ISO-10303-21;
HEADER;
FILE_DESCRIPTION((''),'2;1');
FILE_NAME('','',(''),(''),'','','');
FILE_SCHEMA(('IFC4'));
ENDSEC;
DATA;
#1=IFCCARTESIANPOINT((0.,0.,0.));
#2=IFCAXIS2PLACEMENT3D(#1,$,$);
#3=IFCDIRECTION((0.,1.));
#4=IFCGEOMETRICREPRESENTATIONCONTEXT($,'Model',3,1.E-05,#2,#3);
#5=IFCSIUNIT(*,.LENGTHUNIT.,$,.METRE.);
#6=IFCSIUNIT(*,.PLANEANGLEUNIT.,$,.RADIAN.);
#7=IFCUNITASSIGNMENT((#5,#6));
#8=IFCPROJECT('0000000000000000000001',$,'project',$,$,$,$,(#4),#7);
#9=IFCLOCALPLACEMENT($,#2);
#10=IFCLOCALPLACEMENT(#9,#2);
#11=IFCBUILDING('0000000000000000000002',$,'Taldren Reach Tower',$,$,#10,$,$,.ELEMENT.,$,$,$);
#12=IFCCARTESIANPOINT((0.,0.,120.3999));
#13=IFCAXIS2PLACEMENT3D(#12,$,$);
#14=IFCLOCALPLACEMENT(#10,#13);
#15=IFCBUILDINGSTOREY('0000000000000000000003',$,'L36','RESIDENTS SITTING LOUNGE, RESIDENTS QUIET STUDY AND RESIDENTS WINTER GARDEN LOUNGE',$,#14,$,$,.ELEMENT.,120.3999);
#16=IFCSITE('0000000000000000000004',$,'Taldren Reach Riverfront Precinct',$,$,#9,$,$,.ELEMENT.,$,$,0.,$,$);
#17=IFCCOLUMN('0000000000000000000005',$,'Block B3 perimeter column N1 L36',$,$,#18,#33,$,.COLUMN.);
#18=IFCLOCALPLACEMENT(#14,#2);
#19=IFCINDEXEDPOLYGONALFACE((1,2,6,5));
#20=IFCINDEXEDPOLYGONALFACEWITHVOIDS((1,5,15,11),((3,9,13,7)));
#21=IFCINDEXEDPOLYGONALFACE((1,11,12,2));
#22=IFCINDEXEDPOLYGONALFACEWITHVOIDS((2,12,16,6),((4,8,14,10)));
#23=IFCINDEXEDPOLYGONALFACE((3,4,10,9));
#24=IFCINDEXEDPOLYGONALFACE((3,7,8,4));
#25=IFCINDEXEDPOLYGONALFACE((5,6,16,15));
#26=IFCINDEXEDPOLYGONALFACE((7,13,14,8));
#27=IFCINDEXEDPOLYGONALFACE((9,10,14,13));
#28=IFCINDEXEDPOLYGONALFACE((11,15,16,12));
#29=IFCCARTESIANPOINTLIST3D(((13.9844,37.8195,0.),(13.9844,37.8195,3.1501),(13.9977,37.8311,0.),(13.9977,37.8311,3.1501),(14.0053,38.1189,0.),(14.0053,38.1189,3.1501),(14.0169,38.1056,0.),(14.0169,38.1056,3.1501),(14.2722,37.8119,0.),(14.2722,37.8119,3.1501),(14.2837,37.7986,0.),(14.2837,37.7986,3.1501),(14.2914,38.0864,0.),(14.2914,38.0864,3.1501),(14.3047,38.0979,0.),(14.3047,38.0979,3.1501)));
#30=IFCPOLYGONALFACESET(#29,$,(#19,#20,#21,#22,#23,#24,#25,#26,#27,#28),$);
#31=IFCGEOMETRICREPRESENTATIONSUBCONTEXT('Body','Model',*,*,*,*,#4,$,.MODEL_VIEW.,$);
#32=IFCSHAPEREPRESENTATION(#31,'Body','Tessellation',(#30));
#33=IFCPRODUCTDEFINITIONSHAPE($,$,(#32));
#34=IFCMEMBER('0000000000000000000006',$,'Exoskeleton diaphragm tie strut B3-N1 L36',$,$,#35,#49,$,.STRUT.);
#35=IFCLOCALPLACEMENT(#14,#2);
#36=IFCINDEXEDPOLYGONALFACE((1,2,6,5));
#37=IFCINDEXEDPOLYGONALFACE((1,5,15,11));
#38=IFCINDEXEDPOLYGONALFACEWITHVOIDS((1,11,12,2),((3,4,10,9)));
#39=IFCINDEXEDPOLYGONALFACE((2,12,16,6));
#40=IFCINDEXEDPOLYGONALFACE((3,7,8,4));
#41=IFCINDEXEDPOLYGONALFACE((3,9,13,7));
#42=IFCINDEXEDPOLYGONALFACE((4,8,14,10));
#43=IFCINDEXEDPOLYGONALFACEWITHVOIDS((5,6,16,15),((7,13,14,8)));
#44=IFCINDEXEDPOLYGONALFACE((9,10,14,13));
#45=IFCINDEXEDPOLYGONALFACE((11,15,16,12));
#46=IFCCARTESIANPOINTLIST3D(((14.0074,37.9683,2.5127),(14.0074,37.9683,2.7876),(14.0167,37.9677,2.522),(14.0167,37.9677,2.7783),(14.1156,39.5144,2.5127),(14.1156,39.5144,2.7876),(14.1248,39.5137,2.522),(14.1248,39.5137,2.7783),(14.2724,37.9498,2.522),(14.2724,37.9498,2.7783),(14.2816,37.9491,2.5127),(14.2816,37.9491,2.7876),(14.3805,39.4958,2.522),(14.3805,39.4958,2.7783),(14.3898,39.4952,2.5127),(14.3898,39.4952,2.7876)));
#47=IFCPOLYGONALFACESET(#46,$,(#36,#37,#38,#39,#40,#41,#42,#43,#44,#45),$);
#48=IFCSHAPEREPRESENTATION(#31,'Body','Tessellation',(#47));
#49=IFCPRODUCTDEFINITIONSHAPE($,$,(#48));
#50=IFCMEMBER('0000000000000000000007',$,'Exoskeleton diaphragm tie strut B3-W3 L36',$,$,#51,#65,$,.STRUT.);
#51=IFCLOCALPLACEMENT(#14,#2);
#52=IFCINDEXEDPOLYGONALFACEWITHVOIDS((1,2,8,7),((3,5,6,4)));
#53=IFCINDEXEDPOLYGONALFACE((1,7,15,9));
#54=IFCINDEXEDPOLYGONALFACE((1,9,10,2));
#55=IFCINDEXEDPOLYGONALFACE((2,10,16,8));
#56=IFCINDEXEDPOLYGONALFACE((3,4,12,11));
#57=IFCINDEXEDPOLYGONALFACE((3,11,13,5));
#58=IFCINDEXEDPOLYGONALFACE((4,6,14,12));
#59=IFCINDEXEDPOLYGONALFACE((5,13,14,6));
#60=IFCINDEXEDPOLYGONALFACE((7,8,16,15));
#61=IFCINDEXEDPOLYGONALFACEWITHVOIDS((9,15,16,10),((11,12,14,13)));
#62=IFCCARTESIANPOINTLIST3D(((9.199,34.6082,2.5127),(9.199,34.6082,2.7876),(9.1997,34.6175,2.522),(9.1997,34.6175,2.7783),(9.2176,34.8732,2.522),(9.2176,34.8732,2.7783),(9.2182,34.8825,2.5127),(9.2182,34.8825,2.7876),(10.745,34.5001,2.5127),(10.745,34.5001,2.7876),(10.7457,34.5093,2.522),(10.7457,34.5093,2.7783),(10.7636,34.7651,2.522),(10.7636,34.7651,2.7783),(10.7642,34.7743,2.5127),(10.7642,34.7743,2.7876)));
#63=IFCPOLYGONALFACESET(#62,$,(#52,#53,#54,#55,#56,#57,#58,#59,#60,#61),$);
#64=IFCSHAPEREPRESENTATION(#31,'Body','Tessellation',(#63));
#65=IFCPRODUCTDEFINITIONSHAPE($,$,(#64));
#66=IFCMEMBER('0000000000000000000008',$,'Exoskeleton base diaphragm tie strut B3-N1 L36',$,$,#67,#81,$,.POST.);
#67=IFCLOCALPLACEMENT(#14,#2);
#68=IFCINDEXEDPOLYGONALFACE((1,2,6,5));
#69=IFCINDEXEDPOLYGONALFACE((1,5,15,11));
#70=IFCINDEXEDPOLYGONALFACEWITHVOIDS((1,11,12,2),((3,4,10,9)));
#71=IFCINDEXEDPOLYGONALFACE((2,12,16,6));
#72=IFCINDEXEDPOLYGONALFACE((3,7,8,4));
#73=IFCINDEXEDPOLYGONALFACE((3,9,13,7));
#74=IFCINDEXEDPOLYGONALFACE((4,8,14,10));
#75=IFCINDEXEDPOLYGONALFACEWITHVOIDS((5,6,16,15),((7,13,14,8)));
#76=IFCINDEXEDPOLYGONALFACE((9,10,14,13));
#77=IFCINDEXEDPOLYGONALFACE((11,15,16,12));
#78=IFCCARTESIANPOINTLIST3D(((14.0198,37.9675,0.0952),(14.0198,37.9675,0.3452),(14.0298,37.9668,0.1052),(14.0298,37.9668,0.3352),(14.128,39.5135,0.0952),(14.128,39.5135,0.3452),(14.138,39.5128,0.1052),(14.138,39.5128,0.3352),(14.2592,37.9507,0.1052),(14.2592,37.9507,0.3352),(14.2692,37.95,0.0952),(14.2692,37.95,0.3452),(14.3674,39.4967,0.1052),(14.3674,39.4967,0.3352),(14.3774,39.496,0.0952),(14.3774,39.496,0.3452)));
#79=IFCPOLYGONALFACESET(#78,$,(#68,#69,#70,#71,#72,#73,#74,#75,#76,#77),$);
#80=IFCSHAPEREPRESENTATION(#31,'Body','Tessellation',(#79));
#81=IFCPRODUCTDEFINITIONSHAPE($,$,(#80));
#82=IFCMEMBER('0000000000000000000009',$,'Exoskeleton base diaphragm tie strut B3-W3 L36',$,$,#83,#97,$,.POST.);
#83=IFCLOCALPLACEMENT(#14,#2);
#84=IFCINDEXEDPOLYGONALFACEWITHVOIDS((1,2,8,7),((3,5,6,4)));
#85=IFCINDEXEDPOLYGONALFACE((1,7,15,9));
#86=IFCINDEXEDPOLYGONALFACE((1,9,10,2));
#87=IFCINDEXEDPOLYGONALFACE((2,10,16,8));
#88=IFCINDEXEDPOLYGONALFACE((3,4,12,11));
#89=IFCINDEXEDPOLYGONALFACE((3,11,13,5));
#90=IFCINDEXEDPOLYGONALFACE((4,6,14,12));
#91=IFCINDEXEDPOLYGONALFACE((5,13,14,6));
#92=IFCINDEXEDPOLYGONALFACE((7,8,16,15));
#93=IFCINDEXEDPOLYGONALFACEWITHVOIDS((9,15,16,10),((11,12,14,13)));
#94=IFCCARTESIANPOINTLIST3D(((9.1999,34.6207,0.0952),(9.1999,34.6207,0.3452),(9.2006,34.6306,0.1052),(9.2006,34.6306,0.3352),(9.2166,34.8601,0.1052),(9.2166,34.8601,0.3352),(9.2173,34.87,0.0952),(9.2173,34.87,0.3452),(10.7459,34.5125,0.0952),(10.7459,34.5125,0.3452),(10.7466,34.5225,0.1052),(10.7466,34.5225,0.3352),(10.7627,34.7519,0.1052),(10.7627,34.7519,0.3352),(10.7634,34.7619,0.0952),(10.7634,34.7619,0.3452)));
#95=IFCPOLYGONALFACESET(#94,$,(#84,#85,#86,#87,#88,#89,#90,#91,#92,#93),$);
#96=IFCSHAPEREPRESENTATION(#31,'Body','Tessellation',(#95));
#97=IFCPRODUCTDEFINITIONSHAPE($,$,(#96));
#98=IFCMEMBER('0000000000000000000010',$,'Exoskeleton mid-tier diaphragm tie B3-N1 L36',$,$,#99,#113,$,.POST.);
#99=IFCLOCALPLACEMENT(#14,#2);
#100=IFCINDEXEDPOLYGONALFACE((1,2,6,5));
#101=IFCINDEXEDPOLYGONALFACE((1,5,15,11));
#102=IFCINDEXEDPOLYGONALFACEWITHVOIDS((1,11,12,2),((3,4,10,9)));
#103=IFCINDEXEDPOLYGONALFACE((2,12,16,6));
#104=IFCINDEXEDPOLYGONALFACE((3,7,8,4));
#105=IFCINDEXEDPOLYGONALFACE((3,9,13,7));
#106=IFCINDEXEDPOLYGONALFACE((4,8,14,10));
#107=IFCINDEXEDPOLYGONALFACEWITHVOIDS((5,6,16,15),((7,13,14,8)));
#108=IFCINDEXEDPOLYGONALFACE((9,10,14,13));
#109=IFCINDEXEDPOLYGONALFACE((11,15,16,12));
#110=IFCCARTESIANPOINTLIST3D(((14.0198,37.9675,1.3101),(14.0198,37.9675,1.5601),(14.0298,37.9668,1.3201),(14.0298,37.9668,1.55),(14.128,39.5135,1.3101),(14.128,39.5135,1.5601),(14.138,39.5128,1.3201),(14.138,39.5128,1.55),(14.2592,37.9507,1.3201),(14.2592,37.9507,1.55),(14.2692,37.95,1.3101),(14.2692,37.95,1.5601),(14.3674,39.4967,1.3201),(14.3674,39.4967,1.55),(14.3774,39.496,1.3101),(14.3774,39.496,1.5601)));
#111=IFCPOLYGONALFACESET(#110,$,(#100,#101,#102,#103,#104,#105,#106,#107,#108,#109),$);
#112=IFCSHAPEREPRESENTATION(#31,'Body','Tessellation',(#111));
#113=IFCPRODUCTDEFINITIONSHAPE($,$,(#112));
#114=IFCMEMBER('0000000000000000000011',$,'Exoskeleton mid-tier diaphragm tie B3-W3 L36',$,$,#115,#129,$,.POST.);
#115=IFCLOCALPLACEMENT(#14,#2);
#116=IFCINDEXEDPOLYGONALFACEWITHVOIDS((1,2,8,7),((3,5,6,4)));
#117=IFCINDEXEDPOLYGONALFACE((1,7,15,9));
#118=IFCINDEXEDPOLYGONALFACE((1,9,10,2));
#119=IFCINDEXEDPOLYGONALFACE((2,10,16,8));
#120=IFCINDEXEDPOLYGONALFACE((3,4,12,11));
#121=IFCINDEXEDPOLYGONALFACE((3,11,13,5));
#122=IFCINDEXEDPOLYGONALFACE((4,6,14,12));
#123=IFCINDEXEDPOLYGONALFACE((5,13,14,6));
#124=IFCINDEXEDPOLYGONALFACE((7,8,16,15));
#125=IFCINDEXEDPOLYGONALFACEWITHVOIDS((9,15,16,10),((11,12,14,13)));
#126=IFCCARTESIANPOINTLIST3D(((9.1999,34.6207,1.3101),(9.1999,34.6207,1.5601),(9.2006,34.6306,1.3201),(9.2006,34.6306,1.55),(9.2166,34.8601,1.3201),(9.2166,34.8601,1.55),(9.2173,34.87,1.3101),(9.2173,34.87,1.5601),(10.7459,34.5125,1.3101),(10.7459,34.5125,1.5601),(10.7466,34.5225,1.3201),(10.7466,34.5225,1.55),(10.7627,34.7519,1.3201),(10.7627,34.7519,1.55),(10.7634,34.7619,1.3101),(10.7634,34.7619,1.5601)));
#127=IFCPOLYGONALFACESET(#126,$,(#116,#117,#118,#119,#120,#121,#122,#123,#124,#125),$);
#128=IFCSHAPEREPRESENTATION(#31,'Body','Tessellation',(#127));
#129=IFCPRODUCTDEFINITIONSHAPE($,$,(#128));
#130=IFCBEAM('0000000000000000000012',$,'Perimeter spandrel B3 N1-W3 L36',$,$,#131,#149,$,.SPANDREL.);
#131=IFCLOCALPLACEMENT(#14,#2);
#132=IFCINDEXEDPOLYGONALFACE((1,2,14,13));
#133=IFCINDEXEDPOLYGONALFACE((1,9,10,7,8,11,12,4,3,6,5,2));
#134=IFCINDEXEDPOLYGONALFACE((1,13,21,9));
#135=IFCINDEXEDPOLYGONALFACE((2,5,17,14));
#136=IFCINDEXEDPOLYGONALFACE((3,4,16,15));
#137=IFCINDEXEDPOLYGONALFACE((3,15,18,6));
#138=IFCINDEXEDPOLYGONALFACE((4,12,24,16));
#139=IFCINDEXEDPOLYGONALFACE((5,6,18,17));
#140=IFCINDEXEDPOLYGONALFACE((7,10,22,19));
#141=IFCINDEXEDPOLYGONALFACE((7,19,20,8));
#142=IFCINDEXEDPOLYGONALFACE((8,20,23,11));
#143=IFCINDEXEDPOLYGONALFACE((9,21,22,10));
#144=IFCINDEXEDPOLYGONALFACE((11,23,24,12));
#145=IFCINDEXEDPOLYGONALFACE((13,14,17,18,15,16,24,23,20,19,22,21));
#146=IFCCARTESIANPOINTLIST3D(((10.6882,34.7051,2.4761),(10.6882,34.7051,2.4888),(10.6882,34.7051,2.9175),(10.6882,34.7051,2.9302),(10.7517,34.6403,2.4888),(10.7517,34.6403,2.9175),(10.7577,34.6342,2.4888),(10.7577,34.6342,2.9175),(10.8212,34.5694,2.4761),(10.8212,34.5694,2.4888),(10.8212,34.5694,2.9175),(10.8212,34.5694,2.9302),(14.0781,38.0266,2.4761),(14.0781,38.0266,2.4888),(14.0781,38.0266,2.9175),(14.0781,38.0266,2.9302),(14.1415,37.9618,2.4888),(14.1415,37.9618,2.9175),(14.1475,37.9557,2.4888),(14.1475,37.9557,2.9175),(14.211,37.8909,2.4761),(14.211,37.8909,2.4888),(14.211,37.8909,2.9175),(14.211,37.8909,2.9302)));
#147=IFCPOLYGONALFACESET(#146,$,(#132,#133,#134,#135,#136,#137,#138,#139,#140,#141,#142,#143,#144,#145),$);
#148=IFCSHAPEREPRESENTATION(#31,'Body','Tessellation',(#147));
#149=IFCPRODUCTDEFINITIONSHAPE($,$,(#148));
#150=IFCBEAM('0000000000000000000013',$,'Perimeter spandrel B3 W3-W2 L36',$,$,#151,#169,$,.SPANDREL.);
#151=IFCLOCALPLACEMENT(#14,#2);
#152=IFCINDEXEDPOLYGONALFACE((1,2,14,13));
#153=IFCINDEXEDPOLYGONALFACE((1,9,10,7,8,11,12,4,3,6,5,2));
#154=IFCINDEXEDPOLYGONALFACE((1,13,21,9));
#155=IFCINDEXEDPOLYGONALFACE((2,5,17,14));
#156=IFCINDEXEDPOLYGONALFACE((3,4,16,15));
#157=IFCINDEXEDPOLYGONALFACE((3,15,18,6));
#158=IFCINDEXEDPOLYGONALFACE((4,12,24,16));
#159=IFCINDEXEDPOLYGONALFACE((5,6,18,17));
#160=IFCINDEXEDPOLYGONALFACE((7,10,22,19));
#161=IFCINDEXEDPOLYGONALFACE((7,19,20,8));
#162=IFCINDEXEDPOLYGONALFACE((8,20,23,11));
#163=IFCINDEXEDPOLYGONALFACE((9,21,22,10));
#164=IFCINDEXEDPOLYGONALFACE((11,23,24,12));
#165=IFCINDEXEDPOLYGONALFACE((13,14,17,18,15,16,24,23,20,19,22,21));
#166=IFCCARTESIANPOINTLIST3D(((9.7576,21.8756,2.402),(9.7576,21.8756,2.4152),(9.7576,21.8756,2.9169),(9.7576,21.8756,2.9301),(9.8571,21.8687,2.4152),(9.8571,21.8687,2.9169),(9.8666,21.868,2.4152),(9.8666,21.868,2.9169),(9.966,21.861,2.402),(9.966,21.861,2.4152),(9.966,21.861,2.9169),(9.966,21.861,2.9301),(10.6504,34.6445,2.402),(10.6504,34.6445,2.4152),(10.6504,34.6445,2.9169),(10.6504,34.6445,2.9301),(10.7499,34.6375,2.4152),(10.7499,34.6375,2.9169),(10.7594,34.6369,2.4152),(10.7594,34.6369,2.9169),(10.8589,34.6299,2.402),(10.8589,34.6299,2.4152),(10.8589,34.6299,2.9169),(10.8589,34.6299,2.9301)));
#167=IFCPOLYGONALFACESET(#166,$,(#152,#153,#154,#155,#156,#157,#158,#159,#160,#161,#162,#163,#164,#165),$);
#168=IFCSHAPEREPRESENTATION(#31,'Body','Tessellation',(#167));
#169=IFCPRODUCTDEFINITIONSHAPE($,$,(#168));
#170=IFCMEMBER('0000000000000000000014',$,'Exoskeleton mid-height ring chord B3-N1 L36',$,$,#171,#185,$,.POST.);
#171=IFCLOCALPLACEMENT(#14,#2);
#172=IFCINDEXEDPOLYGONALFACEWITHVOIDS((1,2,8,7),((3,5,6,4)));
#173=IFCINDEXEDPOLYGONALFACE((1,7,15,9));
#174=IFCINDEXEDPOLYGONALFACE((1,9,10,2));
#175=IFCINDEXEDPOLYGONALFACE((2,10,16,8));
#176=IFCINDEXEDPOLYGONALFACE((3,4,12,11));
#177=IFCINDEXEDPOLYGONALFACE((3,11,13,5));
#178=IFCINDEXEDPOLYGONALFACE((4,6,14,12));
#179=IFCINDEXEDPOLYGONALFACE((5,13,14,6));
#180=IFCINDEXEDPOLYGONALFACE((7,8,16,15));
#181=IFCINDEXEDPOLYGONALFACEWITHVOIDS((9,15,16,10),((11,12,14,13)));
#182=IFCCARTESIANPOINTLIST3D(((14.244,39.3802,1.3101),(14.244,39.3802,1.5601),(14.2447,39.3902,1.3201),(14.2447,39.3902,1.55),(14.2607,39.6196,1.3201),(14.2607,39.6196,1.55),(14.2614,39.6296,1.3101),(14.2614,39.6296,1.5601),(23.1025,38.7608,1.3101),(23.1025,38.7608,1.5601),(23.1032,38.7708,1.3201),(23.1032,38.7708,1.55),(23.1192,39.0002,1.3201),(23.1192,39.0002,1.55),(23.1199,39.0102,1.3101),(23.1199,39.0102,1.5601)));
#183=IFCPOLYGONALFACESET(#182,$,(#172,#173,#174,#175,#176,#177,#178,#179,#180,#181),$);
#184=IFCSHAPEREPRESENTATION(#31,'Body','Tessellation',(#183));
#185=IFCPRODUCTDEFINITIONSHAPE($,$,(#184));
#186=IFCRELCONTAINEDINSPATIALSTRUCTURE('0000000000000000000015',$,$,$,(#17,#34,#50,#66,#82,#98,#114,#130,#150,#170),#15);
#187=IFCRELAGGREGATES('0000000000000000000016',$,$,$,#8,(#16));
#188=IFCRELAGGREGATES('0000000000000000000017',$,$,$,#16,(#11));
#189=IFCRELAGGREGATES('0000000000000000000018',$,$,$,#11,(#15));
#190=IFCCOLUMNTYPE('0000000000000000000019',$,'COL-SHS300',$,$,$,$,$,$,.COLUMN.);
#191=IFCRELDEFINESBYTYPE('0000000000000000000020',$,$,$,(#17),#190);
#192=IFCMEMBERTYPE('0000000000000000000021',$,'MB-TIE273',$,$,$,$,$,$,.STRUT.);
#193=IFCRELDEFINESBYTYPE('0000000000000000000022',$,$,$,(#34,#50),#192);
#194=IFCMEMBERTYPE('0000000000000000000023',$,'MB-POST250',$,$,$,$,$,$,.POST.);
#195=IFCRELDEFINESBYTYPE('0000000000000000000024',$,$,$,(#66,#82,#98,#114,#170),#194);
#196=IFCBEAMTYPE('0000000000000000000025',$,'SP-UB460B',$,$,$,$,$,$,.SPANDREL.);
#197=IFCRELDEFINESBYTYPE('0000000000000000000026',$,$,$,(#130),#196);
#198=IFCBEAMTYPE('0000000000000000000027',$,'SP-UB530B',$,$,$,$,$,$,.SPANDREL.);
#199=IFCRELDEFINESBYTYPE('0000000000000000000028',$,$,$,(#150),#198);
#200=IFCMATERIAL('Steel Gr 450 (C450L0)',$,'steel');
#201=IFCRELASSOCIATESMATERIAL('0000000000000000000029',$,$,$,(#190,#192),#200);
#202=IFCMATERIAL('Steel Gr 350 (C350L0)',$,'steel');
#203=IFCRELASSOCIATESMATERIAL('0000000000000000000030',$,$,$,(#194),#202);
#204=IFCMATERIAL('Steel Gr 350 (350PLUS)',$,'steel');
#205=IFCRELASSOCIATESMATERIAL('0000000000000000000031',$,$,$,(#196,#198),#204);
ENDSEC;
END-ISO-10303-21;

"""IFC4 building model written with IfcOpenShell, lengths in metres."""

from ifc_helpers import new_model, si_unit, direction, frame, origin, origin_2d, place, context, subcontext, project, spatial, hollow_rectangle, i_section, extrude, source, transform, mapped, material, material_profile, profile_set, type_object, element, save


model = new_model("IFC4")

# Units and contexts
model_context = context("Model", 3, precision=1e-05, world=origin(), true_north=direction((0.0, 1.0)))
body_context = subcontext(model_context, "Body", "Model", "MODEL_VIEW")
ifc_project = project(units=[si_unit("LENGTHUNIT", "METRE"), si_unit("PLANEANGLEUNIT", "RADIAN")], contexts=[model_context])

# Site, building, storey
site_placement = place(None, origin())
site = spatial("IfcSite", under=ifc_project, at=site_placement, Name="Taldren Reach Riverfront Precinct", CompositionType="ELEMENT", RefElevation=0.0)
building_placement = place(site_placement, origin())
building = spatial("IfcBuilding", under=site, at=building_placement, Name="Taldren Reach Tower", CompositionType="ELEMENT")
storey_placement = place(building_placement, frame((0.0, 0.0, 120.3999)))
storey = spatial("IfcBuildingStorey", under=building, at=storey_placement, Name="L36", Description="RESIDENTS SITTING LOUNGE, RESIDENTS QUIET STUDY AND RESIDENTS WINTER GARDEN LOUNGE", CompositionType="ELEMENT", Elevation=120.3999)

# Column
ifc_material_1 = material(Name="Steel Gr 450 (C450L0)", Category="steel")
ifc_material_profile_1 = material_profile(ifc_material_1, hollow_rectangle(XDim=0.3, YDim=0.3, WallThickness=0.0125, at=origin_2d()), Name="300x300x12.5SHS")
ifc_profile_set_1 = profile_set([ifc_material_profile_1], Name="Steel Gr 450 (C450L0)")
column_type = type_object("IfcColumnType", Name="COL-SHS300", PredefinedType="COLUMN", material=ifc_profile_set_1)
shared_shape_1 = source(origin(), body_context, "Body", "SweptSolid", [
    extrude(hollow_rectangle(XDim=0.3, YDim=0.3, WallThickness=0.0125, at=origin_2d()), origin(), (0.0, 0.0, 1.0), 3.1501),
])
column_placement = place(storey_placement, frame((14.1445, 37.9587, 0.0), z_axis=(0.0, 0.0, 1.0), x_axis=(0.997564, -0.069756, 0.0)))
element("IfcColumn", 1, at=column_placement, inside=storey, type_object=column_type, Name="Block B3 perimeter column N1 L36", PredefinedType="COLUMN", context=body_context, shape_type="MappedRepresentation", body=[
    mapped(shared_shape_1, transform((0.0, 0.0, 0.0), scale=1.0)),
])

# Members
ifc_material_profile_2 = material_profile(ifc_material_1, hollow_rectangle(XDim=0.2749, YDim=0.2749, WallThickness=0.0093, at=origin_2d()), Name="275x275x9.3SHS")
ifc_profile_set_2 = profile_set([ifc_material_profile_2], Name="Steel Gr 450 (C450L0)")
member_type_1 = type_object("IfcMemberType", Name="MB-TIE273", PredefinedType="STRUT", material=ifc_profile_set_2)
shared_shape_2 = source(origin(), body_context, "Body", "SweptSolid", [
    extrude(hollow_rectangle(XDim=0.2749, YDim=0.2749, WallThickness=0.0093, at=origin_2d()), origin(), (0.0, 0.0, 1.0), 1.5498),
])
for number, where, z_axis, x_axis, name in (
    (2, (14.1445, 37.9587, 2.6501), (0.069781, 0.997562, 0.0), (-0.997562, 0.069781, 0.0), "Exoskeleton diaphragm tie strut B3-N1 L36"),
    (3, (10.7546, 34.6372, 2.6501), (-0.997562, 0.069781, 0.0), (-0.069781, -0.997562, 0.0), "Exoskeleton diaphragm tie strut B3-W3 L36"),
):
    element("IfcMember", number, at=place(storey_placement, frame(where, z_axis=z_axis, x_axis=x_axis)), inside=storey, type_object=member_type_1, Name=name, PredefinedType="STRUT", context=body_context, shape_type="MappedRepresentation", body=[
        mapped(shared_shape_2, transform((0.0, 0.0, 0.0), scale=1.0)),
    ])
ifc_material_2 = material(Name="Steel Gr 350 (C350L0)", Category="steel")
ifc_material_profile_3 = material_profile(ifc_material_2, hollow_rectangle(XDim=0.25, YDim=0.25, WallThickness=0.01, at=origin_2d()), Name="250x250x10.0SHS")
ifc_profile_set_3 = profile_set([ifc_material_profile_3], Name="Steel Gr 350 (C350L0)")
member_type_2 = type_object("IfcMemberType", Name="MB-POST250", PredefinedType="POST", material=ifc_profile_set_3)
shared_shape_3 = source(origin(), body_context, "Body", "SweptSolid", [
    extrude(hollow_rectangle(XDim=0.25, YDim=0.25, WallThickness=0.01, at=origin_2d()), origin(), (0.0, 0.0, 1.0), 1.5498),
])
for number, where, z_axis, x_axis, name in (
    (4, (14.1445, 37.9587, 0.2202), (0.069781, 0.997562, 0.0), (-0.997562, 0.069781, 0.0), "Exoskeleton base diaphragm tie strut B3-N1 L36"),
    (5, (10.7546, 34.6372, 0.2202), (-0.997562, 0.069781, 0.0), (-0.069781, -0.997562, 0.0), "Exoskeleton base diaphragm tie strut B3-W3 L36"),
    (6, (14.1445, 37.9587, 1.4351), (0.069781, 0.997562, 0.0), (-0.997562, 0.069781, 0.0), "Exoskeleton mid-tier diaphragm tie B3-N1 L36"),
    (7, (10.7546, 34.6372, 1.4351), (-0.997562, 0.069781, 0.0), (-0.069781, -0.997562, 0.0), "Exoskeleton mid-tier diaphragm tie B3-W3 L36"),
):
    element("IfcMember", number, at=place(storey_placement, frame(where, z_axis=z_axis, x_axis=x_axis)), inside=storey, type_object=member_type_2, Name=name, PredefinedType="POST", context=body_context, shape_type="MappedRepresentation", body=[
        mapped(shared_shape_3, transform((0.0, 0.0, 0.0), scale=1.0)),
    ])

# Beams
ifc_material_3 = material(Name="Steel Gr 350 (350PLUS)", Category="steel")
ifc_material_profile_4 = material_profile(ifc_material_3, i_section(OverallWidth=0.1899, OverallDepth=0.4541, WebThickness=0.0085, FlangeThickness=0.0127, at=origin_2d()), Name="460UB67.1")
ifc_profile_set_4 = profile_set([ifc_material_profile_4], Name="Steel Gr 350 (350PLUS)")
beam_type_1 = type_object("IfcBeamType", Name="SP-UB460B", PredefinedType="SPANDREL", material=ifc_profile_set_4)
shared_shape_4 = source(origin(), body_context, "Body", "SweptSolid", [
    extrude(i_section(OverallWidth=0.1899, OverallDepth=0.4541, WebThickness=0.0085, FlangeThickness=0.0127, at=origin_2d()), origin(), (0.0, 0.0, 1.0), 4.7458),
])
beam_1_placement = place(storey_placement, frame((14.1445, 37.9587, 2.7031), z_axis=(-0.714272, -0.699868, 0.0), x_axis=(0.699868, -0.714272, 0.0)))
element("IfcBeam", 8, at=beam_1_placement, inside=storey, type_object=beam_type_1, Name="Perimeter spandrel B3 N1-W3 L36", PredefinedType="SPANDREL", context=body_context, shape_type="MappedRepresentation", body=[
    mapped(shared_shape_4, transform((0.0, 0.0, 0.0), scale=1.0)),
])
ifc_material_profile_5 = material_profile(ifc_material_3, i_section(OverallWidth=0.209, OverallDepth=0.5281, WebThickness=0.0095, FlangeThickness=0.0132, at=origin_2d()), Name="530UB82.0")
ifc_profile_set_5 = profile_set([ifc_material_profile_5], Name="Steel Gr 350 (350PLUS)")
beam_type_2 = type_object("IfcBeamType", Name="SP-UB530B", PredefinedType="SPANDREL", material=ifc_profile_set_5)
shared_shape_5 = source(origin(), body_context, "Body", "SweptSolid", [
    extrude(i_section(OverallWidth=0.209, OverallDepth=0.5281, WebThickness=0.0095, FlangeThickness=0.0132, at=origin_2d()), origin(), (0.0, 0.0, 1.0), 12.8),
])
beam_2_placement = place(storey_placement, frame((10.7546, 34.6372, 2.666), z_axis=(-0.069752, -0.997564, 0.0), x_axis=(0.997564, -0.069752, 0.0)))
element("IfcBeam", 9, at=beam_2_placement, inside=storey, type_object=beam_type_2, Name="Perimeter spandrel B3 W3-W2 L36", PredefinedType="SPANDREL", context=body_context, shape_type="MappedRepresentation", body=[
    mapped(shared_shape_5, transform((0.0, 0.0, 0.0), scale=1.0)),
])

# Member
shared_shape_6 = source(origin(), body_context, "Body", "SweptSolid", [
    extrude(hollow_rectangle(XDim=0.25, YDim=0.25, WallThickness=0.01, at=origin_2d()), origin(), (0.0, 0.0, 1.0), 8.8801),
])
member_1_placement = place(storey_placement, frame((14.2527, 39.5049, 1.4351), z_axis=(0.997564, -0.06975, 0.0), x_axis=(0.06975, 0.997564, 0.0)))
element("IfcMember", 10, at=member_1_placement, inside=storey, type_object=member_type_2, Name="Exoskeleton mid-height ring chord B3-N1 L36", PredefinedType="POST", context=body_context, shape_type="MappedRepresentation", body=[
    mapped(shared_shape_6, transform((0.0, 0.0, 0.0), scale=1.0)),
])

save(model, "model.ifc")
